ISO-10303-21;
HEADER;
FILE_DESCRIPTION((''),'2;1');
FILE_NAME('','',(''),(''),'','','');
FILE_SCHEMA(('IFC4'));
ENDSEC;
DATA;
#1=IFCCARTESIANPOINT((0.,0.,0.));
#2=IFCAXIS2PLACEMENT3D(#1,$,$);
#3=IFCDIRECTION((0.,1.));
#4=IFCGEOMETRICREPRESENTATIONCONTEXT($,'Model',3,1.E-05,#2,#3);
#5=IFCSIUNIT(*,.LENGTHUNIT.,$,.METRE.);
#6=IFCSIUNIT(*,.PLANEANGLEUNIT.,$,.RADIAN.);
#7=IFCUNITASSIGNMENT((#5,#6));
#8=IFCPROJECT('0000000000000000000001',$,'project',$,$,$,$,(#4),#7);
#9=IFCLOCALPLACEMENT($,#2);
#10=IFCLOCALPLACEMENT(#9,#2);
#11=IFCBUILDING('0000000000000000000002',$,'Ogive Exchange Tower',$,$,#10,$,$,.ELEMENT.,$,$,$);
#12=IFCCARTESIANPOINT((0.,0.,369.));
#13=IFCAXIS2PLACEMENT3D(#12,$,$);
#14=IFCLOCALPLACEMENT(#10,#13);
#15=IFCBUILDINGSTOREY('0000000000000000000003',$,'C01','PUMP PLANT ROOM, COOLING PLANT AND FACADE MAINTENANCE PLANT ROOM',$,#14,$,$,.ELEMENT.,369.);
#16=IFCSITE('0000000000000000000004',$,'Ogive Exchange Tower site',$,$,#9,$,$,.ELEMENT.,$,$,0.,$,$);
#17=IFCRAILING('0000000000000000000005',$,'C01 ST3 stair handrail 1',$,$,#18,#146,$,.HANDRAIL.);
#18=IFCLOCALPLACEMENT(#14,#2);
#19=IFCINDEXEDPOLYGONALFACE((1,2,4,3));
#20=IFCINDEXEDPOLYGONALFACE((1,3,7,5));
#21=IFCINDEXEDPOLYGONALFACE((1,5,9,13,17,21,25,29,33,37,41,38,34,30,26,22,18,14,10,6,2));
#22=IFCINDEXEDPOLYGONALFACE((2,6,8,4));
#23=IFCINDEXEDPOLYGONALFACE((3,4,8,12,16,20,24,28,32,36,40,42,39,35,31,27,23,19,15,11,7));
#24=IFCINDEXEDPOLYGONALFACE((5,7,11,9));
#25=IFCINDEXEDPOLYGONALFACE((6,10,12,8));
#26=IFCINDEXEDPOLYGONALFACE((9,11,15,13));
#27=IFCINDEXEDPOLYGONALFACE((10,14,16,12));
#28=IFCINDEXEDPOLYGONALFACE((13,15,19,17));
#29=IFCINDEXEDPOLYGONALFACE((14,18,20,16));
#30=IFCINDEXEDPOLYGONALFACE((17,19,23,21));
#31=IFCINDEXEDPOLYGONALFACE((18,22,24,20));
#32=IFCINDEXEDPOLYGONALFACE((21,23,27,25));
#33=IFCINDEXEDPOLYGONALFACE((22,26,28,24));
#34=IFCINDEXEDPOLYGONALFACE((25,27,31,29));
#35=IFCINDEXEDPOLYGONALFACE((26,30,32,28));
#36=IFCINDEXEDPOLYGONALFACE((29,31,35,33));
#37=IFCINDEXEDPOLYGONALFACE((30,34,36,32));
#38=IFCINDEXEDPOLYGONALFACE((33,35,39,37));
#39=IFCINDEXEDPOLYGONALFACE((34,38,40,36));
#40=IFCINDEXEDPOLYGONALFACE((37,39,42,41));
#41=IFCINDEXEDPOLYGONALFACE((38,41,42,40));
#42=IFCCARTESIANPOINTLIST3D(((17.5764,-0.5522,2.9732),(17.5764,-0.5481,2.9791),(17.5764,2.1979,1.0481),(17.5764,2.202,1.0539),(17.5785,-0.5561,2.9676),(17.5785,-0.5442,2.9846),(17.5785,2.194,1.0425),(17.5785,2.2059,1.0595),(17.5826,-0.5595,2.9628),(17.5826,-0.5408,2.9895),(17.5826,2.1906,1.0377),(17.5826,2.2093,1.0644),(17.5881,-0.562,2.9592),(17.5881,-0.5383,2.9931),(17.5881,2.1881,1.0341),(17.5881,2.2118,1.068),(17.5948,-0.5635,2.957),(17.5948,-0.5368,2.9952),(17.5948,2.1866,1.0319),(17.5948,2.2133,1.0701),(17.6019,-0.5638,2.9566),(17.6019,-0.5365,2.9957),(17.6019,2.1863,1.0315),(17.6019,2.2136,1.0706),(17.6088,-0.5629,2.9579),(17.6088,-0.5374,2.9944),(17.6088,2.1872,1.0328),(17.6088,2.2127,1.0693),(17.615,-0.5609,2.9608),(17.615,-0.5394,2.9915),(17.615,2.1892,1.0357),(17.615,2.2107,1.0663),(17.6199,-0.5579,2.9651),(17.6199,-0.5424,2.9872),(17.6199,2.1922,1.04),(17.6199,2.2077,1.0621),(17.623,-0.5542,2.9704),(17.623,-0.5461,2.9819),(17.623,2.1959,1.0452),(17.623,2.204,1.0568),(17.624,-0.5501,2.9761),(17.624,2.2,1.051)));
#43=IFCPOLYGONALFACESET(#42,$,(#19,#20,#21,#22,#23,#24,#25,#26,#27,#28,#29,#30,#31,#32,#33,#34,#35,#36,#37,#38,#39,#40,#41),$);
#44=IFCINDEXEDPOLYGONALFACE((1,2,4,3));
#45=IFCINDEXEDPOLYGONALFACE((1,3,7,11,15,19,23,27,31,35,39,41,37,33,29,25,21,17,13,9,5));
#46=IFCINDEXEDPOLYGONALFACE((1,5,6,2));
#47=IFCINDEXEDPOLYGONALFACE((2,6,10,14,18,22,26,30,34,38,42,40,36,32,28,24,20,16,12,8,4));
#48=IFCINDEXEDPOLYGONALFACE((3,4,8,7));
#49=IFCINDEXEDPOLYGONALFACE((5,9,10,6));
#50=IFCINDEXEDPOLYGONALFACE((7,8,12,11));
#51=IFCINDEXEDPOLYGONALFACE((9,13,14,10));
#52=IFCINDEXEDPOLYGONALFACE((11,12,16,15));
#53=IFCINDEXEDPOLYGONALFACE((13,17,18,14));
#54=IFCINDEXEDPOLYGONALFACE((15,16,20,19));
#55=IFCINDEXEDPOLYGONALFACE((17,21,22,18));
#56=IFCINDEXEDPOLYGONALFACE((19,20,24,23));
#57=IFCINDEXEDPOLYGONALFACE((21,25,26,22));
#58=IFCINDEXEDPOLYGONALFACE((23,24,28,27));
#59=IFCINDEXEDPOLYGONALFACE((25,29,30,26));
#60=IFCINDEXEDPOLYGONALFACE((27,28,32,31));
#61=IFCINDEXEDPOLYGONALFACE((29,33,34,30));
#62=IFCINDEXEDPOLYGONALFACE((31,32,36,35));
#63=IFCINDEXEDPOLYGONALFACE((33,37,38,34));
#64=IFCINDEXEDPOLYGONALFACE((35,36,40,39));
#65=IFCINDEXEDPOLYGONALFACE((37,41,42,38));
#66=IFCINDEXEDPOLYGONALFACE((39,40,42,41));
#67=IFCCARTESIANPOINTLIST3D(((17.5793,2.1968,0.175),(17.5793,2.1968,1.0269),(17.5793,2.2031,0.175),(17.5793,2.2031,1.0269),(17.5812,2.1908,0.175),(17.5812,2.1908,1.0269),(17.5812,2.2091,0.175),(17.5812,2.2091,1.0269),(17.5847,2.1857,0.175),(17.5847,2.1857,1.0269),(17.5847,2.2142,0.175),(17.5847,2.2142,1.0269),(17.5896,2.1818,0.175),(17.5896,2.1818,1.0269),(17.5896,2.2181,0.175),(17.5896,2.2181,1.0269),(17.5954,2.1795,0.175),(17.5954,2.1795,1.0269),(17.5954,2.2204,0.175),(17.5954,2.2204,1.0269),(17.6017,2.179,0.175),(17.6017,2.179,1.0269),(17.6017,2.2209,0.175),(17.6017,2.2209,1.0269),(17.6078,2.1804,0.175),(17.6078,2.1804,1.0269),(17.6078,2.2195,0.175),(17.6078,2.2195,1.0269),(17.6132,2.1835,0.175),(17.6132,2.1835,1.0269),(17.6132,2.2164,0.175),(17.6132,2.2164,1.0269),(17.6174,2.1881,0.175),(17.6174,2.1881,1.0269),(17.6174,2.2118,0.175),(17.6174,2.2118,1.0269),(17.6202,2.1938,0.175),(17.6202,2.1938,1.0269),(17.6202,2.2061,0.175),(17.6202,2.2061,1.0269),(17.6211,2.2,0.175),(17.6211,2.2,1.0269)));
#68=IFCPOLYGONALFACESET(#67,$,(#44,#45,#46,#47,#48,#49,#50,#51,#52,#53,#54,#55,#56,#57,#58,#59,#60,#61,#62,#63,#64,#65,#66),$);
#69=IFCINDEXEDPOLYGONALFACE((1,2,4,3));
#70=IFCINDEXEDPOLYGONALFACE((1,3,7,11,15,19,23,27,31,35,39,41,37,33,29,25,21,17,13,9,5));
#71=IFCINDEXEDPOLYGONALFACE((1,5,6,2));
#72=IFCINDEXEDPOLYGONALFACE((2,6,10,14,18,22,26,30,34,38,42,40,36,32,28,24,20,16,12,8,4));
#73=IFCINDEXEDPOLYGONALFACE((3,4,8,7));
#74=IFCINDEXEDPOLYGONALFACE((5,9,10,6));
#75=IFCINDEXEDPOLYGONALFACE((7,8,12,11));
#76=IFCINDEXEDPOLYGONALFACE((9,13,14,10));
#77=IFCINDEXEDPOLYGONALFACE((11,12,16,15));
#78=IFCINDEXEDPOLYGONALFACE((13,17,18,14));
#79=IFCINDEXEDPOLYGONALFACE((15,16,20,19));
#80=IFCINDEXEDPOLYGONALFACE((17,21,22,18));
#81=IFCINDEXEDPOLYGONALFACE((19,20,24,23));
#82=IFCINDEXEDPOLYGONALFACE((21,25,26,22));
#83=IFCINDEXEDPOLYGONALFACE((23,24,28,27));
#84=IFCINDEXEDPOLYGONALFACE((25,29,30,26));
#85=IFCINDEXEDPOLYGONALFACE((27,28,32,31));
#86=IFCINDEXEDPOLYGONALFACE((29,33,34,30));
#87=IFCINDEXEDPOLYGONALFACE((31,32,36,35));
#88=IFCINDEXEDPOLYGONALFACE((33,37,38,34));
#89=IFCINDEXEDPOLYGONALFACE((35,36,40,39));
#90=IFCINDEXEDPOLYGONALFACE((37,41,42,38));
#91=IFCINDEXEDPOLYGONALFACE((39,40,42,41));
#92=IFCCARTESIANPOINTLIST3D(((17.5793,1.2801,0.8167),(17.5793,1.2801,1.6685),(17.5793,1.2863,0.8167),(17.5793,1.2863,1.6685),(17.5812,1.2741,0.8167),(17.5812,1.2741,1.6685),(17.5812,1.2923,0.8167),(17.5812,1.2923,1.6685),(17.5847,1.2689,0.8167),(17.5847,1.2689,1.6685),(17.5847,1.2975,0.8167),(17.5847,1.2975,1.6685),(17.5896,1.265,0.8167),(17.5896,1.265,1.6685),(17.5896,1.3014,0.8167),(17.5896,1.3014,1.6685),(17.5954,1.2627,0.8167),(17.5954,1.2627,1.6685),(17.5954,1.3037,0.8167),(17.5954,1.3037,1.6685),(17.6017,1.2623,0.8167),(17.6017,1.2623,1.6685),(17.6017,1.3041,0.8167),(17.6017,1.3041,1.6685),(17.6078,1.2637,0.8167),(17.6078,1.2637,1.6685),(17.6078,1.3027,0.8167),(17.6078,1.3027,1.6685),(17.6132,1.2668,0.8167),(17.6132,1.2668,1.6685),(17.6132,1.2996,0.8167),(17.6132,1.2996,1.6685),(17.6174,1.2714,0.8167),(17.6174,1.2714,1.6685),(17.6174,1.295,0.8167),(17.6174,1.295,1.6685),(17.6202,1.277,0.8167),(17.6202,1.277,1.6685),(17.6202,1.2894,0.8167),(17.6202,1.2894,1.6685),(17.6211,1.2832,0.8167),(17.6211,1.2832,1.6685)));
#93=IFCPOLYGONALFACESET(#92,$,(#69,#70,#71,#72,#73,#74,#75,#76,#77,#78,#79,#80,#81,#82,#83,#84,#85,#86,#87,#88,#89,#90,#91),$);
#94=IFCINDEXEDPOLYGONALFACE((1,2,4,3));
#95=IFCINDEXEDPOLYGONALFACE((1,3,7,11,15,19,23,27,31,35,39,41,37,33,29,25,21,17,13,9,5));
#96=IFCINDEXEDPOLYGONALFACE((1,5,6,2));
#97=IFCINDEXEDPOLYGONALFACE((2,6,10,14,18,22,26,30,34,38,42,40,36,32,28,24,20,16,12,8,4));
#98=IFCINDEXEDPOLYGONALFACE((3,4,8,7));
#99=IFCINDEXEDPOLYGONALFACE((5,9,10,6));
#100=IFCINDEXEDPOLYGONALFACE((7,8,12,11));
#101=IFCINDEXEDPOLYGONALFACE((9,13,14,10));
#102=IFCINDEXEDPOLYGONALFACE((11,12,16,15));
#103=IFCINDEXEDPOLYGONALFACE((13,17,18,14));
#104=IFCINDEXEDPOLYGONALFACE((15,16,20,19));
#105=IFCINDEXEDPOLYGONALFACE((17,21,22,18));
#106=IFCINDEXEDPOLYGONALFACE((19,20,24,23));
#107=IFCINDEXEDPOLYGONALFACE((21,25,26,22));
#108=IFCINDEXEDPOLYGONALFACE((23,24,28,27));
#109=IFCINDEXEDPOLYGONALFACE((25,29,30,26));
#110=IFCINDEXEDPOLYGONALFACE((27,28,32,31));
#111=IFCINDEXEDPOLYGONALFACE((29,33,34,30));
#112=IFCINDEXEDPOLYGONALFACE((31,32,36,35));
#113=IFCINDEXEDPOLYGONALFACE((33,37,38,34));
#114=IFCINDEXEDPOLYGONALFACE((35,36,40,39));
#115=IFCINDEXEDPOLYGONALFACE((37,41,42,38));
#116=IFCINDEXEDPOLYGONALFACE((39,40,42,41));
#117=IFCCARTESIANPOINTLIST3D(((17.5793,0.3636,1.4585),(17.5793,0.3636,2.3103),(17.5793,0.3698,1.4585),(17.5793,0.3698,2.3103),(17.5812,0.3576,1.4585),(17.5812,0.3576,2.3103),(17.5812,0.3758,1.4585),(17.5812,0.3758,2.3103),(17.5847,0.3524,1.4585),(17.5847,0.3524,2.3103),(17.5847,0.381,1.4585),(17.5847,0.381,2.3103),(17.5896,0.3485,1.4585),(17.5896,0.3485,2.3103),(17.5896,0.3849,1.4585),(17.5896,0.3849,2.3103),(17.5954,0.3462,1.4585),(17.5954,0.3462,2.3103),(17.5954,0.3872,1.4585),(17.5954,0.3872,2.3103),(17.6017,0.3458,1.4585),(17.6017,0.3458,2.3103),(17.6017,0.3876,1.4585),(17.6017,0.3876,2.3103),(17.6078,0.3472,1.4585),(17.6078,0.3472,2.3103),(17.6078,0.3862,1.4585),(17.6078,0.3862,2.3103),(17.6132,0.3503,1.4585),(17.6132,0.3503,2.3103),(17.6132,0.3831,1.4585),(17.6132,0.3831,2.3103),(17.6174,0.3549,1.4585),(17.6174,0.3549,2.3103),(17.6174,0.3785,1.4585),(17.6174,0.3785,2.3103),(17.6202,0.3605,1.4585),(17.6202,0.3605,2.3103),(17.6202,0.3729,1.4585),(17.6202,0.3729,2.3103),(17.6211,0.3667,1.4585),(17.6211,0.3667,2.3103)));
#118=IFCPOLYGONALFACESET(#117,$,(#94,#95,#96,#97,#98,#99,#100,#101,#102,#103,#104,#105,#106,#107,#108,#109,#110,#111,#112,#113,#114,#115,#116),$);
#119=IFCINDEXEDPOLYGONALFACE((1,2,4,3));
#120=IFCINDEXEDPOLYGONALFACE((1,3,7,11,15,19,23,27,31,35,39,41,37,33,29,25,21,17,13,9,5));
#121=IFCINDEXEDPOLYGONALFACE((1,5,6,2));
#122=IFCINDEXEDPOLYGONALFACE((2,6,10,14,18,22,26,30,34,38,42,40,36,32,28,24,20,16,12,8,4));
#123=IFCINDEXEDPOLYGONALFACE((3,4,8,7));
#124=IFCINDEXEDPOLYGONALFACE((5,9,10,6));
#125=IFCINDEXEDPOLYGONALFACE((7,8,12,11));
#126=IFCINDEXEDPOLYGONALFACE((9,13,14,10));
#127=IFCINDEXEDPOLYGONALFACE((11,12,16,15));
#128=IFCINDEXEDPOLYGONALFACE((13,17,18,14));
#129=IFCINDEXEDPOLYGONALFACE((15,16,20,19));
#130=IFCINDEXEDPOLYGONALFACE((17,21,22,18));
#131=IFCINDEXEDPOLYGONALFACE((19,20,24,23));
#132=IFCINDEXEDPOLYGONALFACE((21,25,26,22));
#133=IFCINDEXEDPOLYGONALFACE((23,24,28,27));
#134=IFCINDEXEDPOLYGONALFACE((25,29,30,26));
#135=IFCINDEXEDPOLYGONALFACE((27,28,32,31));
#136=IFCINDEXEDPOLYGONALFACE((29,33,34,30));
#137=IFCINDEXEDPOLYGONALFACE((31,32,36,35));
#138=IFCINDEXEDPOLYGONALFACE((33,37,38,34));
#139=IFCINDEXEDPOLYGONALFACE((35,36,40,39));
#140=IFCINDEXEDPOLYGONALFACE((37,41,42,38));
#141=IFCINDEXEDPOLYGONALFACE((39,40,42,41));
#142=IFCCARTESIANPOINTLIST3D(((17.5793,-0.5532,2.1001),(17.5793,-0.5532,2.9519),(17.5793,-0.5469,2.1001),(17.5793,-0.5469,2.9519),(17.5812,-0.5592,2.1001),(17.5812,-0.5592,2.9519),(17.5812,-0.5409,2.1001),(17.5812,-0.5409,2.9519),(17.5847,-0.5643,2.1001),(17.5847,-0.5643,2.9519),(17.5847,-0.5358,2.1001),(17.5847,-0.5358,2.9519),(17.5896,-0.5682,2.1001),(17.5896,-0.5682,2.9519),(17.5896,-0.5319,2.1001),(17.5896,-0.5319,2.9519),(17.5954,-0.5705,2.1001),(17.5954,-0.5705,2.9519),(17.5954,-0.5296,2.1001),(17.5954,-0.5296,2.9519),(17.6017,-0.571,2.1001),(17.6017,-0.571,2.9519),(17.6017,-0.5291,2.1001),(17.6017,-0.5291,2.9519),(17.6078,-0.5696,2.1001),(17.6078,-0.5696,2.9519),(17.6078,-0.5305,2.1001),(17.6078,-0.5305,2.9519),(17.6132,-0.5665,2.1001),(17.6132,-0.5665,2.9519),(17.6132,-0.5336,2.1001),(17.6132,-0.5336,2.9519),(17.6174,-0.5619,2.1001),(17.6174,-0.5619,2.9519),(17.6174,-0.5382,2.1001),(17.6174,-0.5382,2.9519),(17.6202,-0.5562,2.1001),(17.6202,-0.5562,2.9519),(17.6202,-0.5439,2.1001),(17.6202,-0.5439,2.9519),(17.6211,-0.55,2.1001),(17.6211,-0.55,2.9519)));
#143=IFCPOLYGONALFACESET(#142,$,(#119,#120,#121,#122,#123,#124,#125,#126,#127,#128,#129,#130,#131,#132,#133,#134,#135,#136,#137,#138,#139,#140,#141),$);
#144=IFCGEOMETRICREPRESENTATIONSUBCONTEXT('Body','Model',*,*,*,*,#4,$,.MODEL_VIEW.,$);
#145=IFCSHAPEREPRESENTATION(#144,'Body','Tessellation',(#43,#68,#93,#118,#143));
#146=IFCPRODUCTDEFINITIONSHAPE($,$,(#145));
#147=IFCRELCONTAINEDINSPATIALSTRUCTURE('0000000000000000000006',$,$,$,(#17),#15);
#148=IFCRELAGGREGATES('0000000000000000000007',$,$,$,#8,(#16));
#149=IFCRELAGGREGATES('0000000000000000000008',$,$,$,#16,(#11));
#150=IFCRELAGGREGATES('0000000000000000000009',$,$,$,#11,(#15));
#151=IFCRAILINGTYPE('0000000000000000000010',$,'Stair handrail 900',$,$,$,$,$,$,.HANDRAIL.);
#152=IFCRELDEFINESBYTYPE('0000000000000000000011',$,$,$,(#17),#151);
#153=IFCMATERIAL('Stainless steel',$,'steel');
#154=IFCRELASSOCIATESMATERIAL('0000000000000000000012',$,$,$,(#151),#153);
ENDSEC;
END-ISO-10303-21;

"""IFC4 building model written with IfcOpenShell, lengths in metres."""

from ifc_helpers import new_model, si_unit, direction, frame, origin, origin_2d, place, context, subcontext, project, spatial, circle, extrude, material, type_object, element, save


model = new_model("IFC4")

# Units and contexts
model_context = context("Model", 3, precision=1e-05, world=origin(), true_north=direction((0.0, 1.0)))
body_context = subcontext(model_context, "Body", "Model", "MODEL_VIEW")
ifc_project = project(units=[si_unit("LENGTHUNIT", "METRE"), si_unit("PLANEANGLEUNIT", "RADIAN")], contexts=[model_context])

# Site, building, storey
site_placement = place(None, origin())
site = spatial("IfcSite", under=ifc_project, at=site_placement, Name="Ogive Exchange Tower site", CompositionType="ELEMENT", RefElevation=0.0)
building_placement = place(site_placement, origin())
building = spatial("IfcBuilding", under=site, at=building_placement, Name="Ogive Exchange Tower", CompositionType="ELEMENT")
storey_placement = place(building_placement, frame((0.0, 0.0, 369.0)))
storey = spatial("IfcBuildingStorey", under=building, at=storey_placement, Name="C01", Description="PUMP PLANT ROOM, COOLING PLANT AND FACADE MAINTENANCE PLANT ROOM", CompositionType="ELEMENT", Elevation=369.0)

# Shared definitions
ifc_material_1 = material(Name="Stainless steel", Category="steel")

# Railing
railing_type = type_object("IfcRailingType", Name="Stair handrail 900", PredefinedType="HANDRAIL", material=ifc_material_1)
railing_placement = place(storey_placement, frame((17.6001, 2.2, 0.175)))
element("IfcRailing", 1, at=railing_placement, inside=storey, type_object=railing_type, Name="C01 ST3 stair handrail 1", PredefinedType="HANDRAIL", context=body_context, shape_type="SweptSolid", body=[
    extrude(circle(Radius=0.0239, at=origin_2d()), frame((0.0, 0.0, 0.876), z_axis=(0.0, -0.819225, 0.573472), x_axis=(1.0, 0.0, 0.0)), (0.0, 0.0, 1.0), 3.3569),
    extrude(circle(Radius=0.021, at=origin_2d()), origin(), (0.0, 0.0, 1.0), 0.8518),
    extrude(circle(Radius=0.021, at=origin_2d()), frame((0.0, -0.9167, 0.6416)), (0.0, 0.0, 1.0), 0.8518),
    extrude(circle(Radius=0.021, at=origin_2d()), frame((0.0, -1.8333, 1.2834)), (0.0, 0.0, 1.0), 0.8518),
    extrude(circle(Radius=0.021, at=origin_2d()), frame((0.0, -2.75, 1.925)), (0.0, 0.0, 1.0), 0.8518),
])

save(model, "model.ifc")
